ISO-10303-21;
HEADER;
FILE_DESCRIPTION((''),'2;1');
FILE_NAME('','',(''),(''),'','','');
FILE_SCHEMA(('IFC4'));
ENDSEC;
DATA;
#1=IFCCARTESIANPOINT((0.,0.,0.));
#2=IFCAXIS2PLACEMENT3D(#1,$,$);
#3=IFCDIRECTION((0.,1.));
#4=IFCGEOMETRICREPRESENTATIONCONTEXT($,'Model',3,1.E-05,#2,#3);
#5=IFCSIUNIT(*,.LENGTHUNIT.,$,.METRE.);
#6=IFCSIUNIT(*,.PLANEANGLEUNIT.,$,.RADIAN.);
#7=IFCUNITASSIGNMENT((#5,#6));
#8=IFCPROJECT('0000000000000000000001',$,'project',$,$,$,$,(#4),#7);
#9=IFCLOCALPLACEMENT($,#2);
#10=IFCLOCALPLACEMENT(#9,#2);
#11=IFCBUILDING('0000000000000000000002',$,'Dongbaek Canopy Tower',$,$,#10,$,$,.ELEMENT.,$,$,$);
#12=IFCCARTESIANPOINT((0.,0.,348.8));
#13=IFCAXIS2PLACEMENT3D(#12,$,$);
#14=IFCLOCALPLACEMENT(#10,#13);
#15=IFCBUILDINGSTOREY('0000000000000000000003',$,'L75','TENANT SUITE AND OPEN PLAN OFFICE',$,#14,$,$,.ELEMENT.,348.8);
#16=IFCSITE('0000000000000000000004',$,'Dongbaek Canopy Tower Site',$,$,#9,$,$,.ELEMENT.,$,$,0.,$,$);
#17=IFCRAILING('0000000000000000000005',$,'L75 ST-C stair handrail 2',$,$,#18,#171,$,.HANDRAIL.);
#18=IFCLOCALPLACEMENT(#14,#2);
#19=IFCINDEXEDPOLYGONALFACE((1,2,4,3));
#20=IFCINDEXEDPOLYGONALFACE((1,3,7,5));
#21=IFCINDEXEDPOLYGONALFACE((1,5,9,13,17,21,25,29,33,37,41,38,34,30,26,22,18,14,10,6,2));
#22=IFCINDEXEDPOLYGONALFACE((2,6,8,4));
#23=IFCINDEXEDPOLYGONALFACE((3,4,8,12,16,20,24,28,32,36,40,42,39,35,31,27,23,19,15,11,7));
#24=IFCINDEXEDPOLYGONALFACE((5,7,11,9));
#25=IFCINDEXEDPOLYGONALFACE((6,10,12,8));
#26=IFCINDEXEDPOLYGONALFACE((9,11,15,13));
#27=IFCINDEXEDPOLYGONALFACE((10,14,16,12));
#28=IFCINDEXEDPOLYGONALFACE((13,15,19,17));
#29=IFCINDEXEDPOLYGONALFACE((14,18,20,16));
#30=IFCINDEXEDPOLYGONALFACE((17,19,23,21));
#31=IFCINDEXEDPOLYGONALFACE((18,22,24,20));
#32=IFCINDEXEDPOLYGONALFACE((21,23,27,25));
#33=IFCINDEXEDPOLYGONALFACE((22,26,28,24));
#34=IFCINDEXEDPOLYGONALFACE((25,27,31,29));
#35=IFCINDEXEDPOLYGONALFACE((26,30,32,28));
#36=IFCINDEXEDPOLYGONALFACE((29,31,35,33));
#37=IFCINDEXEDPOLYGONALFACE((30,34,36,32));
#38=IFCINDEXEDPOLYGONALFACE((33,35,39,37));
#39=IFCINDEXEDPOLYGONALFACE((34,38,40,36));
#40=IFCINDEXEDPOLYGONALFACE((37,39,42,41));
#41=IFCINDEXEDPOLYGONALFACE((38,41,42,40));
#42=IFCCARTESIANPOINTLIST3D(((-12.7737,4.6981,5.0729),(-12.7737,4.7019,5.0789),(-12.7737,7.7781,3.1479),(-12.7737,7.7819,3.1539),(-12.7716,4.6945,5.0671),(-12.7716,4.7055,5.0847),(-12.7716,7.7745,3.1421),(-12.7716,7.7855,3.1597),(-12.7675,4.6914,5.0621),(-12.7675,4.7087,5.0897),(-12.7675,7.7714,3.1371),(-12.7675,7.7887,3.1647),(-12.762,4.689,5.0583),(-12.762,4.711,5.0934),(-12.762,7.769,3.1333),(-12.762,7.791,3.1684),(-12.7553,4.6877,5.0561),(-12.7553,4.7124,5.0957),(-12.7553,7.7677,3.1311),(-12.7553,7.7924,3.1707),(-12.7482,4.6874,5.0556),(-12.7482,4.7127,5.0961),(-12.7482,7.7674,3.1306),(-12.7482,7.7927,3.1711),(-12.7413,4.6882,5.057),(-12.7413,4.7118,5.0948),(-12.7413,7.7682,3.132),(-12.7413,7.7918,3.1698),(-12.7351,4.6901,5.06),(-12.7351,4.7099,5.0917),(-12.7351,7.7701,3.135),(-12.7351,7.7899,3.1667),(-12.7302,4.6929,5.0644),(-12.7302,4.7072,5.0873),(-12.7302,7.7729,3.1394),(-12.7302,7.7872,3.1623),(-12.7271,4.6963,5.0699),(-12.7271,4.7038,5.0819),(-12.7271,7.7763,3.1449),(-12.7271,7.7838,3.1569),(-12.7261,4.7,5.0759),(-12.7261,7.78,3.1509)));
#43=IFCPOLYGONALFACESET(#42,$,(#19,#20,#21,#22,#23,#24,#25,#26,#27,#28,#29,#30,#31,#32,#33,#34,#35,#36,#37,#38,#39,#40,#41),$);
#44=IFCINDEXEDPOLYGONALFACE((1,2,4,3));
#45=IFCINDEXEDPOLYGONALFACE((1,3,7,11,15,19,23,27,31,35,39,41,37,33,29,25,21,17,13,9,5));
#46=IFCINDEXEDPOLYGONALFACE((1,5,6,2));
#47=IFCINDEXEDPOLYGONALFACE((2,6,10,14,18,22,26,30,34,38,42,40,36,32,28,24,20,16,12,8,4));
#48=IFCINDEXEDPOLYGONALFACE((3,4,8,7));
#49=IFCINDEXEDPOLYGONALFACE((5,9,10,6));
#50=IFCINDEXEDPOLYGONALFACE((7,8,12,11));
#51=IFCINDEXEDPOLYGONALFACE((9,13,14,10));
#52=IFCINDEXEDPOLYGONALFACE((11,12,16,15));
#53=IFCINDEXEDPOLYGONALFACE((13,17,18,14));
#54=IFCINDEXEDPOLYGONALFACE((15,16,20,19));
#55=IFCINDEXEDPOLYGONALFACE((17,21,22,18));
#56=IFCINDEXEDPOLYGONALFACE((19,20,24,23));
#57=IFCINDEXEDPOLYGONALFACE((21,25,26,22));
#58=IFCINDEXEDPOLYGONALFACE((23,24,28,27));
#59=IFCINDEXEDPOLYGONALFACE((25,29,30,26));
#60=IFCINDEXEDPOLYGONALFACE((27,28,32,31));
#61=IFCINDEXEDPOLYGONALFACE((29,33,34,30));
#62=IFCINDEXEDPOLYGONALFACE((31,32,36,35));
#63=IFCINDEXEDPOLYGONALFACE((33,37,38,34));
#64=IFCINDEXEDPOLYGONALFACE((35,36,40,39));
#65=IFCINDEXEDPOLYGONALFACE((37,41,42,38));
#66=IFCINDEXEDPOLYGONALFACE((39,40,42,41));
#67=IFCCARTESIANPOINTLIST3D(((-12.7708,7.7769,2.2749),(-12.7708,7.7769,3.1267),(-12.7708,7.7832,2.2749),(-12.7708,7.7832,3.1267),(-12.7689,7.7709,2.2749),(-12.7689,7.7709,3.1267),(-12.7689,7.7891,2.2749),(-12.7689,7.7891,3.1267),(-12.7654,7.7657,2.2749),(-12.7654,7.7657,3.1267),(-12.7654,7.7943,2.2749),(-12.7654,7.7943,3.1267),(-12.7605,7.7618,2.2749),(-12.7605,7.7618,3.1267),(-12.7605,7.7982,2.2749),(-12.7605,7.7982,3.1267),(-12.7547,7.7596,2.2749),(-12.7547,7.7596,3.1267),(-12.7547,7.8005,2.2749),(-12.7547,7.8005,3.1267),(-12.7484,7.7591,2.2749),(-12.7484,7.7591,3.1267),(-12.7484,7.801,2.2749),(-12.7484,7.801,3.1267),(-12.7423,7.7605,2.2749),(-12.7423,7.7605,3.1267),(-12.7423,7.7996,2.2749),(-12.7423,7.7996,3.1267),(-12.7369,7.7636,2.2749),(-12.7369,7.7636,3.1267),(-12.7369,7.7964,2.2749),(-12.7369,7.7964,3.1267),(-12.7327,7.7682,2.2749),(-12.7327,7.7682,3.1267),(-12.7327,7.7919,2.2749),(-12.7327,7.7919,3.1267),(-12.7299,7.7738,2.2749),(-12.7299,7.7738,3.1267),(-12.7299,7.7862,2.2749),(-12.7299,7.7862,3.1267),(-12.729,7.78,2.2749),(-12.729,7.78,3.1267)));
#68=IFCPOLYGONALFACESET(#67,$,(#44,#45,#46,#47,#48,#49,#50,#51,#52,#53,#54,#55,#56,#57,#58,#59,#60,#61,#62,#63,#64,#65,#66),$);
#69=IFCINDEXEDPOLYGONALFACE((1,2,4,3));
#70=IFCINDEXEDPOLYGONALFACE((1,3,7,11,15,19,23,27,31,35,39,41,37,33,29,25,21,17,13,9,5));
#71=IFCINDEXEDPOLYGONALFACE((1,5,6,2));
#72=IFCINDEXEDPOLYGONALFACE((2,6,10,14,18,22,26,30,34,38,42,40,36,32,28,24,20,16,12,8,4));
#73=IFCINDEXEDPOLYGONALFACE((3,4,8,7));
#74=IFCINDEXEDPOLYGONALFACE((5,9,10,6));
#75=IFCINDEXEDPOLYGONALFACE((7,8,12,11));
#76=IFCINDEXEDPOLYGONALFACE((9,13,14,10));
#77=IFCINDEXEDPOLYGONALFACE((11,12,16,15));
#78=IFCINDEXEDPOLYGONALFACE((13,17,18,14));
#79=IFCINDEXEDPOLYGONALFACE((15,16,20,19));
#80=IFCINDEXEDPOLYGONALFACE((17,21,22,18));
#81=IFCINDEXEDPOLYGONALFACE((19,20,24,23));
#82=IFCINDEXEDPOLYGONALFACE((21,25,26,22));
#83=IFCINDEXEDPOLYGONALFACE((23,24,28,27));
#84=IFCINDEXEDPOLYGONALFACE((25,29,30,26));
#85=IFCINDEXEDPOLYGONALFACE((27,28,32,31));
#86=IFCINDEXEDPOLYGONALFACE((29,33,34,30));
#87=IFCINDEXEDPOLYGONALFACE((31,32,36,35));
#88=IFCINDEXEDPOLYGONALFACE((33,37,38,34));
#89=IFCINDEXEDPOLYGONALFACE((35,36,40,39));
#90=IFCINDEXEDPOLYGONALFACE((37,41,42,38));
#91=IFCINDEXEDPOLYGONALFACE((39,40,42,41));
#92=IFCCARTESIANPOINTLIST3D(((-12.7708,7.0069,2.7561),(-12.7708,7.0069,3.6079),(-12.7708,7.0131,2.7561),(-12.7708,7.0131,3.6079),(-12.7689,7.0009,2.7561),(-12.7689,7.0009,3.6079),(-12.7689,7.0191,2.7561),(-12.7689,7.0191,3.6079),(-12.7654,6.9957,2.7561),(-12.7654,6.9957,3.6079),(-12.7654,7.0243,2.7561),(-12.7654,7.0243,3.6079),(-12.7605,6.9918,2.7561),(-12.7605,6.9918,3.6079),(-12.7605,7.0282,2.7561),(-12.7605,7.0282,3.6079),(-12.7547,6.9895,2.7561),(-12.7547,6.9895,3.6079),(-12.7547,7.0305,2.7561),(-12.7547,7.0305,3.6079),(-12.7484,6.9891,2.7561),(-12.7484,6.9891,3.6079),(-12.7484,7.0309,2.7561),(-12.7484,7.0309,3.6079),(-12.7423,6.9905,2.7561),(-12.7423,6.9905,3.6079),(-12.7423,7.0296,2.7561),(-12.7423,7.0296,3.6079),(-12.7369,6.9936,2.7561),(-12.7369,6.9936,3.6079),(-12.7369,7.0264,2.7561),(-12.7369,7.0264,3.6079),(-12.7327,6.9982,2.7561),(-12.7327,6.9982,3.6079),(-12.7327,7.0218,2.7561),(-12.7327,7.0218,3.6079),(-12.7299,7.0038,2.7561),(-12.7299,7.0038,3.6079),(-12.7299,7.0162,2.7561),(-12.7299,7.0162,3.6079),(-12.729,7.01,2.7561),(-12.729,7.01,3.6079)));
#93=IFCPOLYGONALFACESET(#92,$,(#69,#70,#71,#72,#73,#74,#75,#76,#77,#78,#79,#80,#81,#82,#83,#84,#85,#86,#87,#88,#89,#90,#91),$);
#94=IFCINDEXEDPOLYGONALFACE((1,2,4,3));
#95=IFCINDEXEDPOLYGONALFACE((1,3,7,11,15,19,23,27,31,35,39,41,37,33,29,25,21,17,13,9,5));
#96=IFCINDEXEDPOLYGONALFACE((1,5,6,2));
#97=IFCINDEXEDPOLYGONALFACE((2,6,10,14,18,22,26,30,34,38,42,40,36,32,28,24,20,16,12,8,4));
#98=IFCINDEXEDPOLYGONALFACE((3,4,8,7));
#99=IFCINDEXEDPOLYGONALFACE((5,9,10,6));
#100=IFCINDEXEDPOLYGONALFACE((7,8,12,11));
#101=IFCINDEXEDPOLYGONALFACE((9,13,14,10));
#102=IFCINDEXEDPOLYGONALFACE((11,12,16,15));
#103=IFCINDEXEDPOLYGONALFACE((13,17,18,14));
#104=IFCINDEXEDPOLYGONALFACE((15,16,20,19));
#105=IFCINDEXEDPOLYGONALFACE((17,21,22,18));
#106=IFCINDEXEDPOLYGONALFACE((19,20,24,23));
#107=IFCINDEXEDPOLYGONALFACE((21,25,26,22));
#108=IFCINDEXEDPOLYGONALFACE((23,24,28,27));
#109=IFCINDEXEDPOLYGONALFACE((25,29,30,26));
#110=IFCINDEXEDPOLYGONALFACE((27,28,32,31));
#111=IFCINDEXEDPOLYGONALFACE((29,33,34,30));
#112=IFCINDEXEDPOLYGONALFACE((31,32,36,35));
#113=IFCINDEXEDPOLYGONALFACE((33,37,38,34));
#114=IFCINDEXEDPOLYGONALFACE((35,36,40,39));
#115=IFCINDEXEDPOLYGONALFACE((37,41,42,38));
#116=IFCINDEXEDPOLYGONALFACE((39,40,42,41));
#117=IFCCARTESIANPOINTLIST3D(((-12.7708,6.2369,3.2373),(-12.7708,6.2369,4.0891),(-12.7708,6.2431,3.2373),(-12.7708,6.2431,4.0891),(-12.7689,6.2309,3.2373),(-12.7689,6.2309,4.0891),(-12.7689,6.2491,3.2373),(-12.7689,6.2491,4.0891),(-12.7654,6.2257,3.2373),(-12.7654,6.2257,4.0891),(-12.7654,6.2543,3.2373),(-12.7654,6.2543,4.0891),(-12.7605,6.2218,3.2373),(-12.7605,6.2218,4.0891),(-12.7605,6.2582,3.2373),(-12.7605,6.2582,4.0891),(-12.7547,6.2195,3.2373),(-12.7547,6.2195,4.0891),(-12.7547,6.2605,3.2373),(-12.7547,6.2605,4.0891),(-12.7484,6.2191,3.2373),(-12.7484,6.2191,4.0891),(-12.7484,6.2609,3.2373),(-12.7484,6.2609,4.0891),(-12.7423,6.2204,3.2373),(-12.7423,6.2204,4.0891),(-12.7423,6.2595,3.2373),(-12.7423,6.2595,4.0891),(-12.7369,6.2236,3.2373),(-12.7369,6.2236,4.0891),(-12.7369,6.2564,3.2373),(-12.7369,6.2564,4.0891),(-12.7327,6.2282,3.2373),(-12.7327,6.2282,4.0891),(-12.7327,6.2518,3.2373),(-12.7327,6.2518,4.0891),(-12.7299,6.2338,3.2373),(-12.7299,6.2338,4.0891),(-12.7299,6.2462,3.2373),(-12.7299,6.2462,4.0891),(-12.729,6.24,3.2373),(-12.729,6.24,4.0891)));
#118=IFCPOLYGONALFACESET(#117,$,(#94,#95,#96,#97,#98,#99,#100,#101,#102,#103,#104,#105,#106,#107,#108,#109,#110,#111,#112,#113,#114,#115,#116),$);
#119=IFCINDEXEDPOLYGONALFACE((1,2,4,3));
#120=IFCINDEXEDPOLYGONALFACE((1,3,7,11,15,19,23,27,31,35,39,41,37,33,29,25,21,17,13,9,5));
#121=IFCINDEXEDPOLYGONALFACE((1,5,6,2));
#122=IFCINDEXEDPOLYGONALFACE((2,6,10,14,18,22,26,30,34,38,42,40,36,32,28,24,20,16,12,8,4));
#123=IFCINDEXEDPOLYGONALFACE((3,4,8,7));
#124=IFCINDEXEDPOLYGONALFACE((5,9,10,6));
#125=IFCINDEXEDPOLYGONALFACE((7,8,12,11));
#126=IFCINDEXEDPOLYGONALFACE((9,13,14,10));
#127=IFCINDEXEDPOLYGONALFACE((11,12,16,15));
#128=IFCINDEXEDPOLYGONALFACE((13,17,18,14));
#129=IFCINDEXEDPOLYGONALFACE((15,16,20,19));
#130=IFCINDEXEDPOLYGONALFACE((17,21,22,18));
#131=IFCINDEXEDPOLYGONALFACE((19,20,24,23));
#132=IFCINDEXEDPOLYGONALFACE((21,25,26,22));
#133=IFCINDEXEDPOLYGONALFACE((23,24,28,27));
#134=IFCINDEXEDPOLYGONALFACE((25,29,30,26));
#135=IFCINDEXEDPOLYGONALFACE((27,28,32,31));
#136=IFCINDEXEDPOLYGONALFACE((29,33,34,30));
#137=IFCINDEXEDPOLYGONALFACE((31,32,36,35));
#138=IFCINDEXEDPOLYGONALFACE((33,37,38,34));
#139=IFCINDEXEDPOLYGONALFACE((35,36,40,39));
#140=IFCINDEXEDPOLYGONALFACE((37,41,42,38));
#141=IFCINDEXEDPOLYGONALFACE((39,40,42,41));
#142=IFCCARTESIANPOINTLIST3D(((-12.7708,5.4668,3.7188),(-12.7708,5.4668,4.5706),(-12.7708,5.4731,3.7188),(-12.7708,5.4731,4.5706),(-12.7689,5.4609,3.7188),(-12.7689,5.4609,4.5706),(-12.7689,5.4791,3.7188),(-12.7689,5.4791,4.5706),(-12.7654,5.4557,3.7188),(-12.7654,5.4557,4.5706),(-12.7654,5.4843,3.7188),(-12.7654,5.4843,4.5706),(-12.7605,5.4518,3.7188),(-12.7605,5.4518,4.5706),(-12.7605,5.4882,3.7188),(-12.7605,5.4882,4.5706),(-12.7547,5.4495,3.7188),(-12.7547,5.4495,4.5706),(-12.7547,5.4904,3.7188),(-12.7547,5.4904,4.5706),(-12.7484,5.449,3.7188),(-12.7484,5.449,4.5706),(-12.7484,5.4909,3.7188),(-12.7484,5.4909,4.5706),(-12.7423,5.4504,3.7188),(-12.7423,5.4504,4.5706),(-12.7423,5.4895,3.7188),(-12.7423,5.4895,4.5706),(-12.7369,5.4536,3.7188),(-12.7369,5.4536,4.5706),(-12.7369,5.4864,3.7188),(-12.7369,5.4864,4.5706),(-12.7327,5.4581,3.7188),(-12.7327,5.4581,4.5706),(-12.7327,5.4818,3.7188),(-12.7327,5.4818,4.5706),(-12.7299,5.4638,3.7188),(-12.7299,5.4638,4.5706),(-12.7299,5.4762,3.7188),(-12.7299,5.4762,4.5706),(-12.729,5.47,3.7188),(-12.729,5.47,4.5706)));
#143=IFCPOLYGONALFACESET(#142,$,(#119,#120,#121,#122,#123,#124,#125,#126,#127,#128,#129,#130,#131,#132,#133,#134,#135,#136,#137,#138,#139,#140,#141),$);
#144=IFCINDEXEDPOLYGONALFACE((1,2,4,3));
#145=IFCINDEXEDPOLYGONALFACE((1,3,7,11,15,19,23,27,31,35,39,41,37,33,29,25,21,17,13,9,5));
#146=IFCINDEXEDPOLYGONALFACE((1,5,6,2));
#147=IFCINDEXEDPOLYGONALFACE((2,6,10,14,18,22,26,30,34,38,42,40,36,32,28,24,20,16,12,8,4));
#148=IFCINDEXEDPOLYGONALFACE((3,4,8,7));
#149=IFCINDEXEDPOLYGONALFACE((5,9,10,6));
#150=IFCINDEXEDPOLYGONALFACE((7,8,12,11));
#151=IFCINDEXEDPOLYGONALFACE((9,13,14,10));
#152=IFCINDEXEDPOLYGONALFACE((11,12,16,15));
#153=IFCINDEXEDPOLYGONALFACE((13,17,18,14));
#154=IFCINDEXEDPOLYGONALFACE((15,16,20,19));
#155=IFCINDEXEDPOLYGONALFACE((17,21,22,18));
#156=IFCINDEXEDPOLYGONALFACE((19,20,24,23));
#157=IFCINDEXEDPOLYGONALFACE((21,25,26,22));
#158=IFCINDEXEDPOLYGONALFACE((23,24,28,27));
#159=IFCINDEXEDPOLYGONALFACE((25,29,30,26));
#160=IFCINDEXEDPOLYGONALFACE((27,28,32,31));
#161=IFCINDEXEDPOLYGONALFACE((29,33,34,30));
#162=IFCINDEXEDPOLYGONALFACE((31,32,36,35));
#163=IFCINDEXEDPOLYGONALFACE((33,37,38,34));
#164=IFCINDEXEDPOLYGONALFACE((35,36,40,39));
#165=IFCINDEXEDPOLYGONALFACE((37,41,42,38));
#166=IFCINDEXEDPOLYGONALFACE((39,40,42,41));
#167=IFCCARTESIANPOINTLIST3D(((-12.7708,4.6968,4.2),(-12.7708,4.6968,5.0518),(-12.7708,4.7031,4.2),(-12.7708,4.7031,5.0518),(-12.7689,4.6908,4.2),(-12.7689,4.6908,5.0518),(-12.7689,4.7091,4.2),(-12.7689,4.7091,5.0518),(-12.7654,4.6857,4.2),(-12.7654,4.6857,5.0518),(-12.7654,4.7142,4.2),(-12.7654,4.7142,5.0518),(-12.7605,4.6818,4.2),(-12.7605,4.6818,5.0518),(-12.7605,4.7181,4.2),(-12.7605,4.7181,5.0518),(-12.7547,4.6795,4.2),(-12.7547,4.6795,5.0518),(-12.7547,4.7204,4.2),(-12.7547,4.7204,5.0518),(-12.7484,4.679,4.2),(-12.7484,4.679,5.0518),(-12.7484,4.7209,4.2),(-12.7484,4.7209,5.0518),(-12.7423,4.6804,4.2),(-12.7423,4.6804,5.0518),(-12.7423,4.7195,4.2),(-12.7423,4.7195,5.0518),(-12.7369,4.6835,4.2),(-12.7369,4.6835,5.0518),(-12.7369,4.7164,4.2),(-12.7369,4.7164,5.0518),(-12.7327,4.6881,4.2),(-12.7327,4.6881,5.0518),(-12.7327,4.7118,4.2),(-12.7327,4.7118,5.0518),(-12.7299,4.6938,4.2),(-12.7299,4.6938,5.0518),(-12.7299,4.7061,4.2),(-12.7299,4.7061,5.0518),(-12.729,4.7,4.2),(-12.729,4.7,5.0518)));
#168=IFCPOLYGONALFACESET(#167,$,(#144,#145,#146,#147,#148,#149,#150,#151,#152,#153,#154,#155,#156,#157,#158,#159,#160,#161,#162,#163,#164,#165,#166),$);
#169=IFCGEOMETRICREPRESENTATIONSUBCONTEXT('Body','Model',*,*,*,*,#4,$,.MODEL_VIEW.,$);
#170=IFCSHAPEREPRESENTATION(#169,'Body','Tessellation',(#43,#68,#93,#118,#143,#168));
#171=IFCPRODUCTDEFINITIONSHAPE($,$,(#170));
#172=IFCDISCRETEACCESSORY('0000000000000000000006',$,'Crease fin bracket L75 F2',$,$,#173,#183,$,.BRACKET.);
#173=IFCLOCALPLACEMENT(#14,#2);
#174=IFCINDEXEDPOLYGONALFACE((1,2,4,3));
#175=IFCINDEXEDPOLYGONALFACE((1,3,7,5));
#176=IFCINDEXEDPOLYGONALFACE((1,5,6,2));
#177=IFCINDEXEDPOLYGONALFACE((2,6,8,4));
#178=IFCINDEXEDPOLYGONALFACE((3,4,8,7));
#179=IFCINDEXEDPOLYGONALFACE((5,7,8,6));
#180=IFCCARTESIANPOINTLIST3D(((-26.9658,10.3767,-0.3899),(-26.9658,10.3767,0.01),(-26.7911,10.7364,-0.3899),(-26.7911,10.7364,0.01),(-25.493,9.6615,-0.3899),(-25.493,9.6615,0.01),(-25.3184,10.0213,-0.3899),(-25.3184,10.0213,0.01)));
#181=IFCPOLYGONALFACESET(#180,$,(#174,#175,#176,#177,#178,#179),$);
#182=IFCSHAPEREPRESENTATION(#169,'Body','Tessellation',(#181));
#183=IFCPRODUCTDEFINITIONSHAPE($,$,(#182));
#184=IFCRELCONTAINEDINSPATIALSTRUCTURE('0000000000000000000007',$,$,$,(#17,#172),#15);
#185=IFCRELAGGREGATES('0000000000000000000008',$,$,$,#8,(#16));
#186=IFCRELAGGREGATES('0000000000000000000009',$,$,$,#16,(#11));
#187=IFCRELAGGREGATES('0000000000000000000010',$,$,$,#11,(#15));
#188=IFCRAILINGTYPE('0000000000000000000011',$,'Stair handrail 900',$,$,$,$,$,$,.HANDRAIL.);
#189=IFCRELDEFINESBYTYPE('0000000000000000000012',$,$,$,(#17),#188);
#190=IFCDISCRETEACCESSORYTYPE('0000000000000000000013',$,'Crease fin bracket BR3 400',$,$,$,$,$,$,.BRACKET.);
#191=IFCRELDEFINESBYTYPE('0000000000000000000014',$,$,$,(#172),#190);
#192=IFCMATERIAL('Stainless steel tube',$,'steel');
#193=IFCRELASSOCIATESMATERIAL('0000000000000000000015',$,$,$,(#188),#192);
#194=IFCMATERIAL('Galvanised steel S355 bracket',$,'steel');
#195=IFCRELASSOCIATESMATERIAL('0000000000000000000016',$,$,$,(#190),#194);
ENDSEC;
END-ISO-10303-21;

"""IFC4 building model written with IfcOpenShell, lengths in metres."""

from ifc_helpers import new_model, si_unit, direction, frame, origin, origin_2d, place, context, subcontext, project, spatial, rectangle, circle, extrude, material, type_object, element, save


model = new_model("IFC4")

# Units and contexts
model_context = context("Model", 3, precision=1e-05, world=origin(), true_north=direction((0.0, 1.0)))
body_context = subcontext(model_context, "Body", "Model", "MODEL_VIEW")
ifc_project = project(units=[si_unit("LENGTHUNIT", "METRE"), si_unit("PLANEANGLEUNIT", "RADIAN")], contexts=[model_context])

# Site, building, storey
site_placement = place(None, origin())
site = spatial("IfcSite", under=ifc_project, at=site_placement, Name="Dongbaek Canopy Tower Site", CompositionType="ELEMENT", RefElevation=0.0)
building_placement = place(site_placement, origin())
building = spatial("IfcBuilding", under=site, at=building_placement, Name="Dongbaek Canopy Tower", CompositionType="ELEMENT")
storey_placement = place(building_placement, frame((0.0, 0.0, 348.8)))
storey = spatial("IfcBuildingStorey", under=building, at=storey_placement, Name="L75", Description="TENANT SUITE AND OPEN PLAN OFFICE", CompositionType="ELEMENT", Elevation=348.8)

# Railing
ifc_material_1 = material(Name="Stainless steel tube", Category="steel")
railing_type_1 = type_object("IfcRailingType", Name="Stair handrail 900", PredefinedType="HANDRAIL", material=ifc_material_1)
railing_1_placement = place(storey_placement, frame((-12.75, 7.78, 2.2749)))
element("IfcRailing", 1, at=railing_1_placement, inside=storey, type_object=railing_type_1, Name="L75 ST-C stair handrail 2", PredefinedType="HANDRAIL", context=body_context, shape_type="SweptSolid", body=[
    extrude(circle(Radius=0.0239, at=origin_2d()), frame((0.0, 0.0, 0.876), z_axis=(0.0, -0.847998, 0.529999), x_axis=(1.0, 0.0, 0.0)), (0.0, 0.0, 1.0), 3.6321),
    extrude(circle(Radius=0.021, at=origin_2d()), origin(), (0.0, 0.0, 1.0), 0.8518),
    extrude(circle(Radius=0.021, at=origin_2d()), frame((0.0, -0.77, 0.4812)), (0.0, 0.0, 1.0), 0.8518),
    extrude(circle(Radius=0.021, at=origin_2d()), frame((0.0, -1.54, 0.9624)), (0.0, 0.0, 1.0), 0.8518),
    extrude(circle(Radius=0.021, at=origin_2d()), frame((0.0, -2.3101, 1.4438)), (0.0, 0.0, 1.0), 0.8518),
    extrude(circle(Radius=0.021, at=origin_2d()), frame((0.0, -3.0801, 1.925)), (0.0, 0.0, 1.0), 0.8518),
])

# Discrete accessory
ifc_material_2 = material(Name="Galvanised steel S355 bracket", Category="steel")
discrete_accessory_type = type_object("IfcDiscreteAccessoryType", Name="Crease fin bracket BR3 400", PredefinedType="BRACKET", material=ifc_material_2)
discrete_accessory_placement = place(storey_placement, frame((-26.1421, 10.199, -0.3899), z_axis=(0.0, 0.0, 1.0), x_axis=(-0.899563, 0.436791, 0.0)))
element("IfcDiscreteAccessory", 2, at=discrete_accessory_placement, inside=storey, type_object=discrete_accessory_type, Name="Crease fin bracket L75 F2", PredefinedType="BRACKET", context=body_context, shape_type="SweptSolid", body=[
    extrude(rectangle(XDim=1.6372, YDim=0.3999, at=origin_2d()), origin(), (0.0, 0.0, 1.0), 0.3999),
])

save(model, "model.ifc")
